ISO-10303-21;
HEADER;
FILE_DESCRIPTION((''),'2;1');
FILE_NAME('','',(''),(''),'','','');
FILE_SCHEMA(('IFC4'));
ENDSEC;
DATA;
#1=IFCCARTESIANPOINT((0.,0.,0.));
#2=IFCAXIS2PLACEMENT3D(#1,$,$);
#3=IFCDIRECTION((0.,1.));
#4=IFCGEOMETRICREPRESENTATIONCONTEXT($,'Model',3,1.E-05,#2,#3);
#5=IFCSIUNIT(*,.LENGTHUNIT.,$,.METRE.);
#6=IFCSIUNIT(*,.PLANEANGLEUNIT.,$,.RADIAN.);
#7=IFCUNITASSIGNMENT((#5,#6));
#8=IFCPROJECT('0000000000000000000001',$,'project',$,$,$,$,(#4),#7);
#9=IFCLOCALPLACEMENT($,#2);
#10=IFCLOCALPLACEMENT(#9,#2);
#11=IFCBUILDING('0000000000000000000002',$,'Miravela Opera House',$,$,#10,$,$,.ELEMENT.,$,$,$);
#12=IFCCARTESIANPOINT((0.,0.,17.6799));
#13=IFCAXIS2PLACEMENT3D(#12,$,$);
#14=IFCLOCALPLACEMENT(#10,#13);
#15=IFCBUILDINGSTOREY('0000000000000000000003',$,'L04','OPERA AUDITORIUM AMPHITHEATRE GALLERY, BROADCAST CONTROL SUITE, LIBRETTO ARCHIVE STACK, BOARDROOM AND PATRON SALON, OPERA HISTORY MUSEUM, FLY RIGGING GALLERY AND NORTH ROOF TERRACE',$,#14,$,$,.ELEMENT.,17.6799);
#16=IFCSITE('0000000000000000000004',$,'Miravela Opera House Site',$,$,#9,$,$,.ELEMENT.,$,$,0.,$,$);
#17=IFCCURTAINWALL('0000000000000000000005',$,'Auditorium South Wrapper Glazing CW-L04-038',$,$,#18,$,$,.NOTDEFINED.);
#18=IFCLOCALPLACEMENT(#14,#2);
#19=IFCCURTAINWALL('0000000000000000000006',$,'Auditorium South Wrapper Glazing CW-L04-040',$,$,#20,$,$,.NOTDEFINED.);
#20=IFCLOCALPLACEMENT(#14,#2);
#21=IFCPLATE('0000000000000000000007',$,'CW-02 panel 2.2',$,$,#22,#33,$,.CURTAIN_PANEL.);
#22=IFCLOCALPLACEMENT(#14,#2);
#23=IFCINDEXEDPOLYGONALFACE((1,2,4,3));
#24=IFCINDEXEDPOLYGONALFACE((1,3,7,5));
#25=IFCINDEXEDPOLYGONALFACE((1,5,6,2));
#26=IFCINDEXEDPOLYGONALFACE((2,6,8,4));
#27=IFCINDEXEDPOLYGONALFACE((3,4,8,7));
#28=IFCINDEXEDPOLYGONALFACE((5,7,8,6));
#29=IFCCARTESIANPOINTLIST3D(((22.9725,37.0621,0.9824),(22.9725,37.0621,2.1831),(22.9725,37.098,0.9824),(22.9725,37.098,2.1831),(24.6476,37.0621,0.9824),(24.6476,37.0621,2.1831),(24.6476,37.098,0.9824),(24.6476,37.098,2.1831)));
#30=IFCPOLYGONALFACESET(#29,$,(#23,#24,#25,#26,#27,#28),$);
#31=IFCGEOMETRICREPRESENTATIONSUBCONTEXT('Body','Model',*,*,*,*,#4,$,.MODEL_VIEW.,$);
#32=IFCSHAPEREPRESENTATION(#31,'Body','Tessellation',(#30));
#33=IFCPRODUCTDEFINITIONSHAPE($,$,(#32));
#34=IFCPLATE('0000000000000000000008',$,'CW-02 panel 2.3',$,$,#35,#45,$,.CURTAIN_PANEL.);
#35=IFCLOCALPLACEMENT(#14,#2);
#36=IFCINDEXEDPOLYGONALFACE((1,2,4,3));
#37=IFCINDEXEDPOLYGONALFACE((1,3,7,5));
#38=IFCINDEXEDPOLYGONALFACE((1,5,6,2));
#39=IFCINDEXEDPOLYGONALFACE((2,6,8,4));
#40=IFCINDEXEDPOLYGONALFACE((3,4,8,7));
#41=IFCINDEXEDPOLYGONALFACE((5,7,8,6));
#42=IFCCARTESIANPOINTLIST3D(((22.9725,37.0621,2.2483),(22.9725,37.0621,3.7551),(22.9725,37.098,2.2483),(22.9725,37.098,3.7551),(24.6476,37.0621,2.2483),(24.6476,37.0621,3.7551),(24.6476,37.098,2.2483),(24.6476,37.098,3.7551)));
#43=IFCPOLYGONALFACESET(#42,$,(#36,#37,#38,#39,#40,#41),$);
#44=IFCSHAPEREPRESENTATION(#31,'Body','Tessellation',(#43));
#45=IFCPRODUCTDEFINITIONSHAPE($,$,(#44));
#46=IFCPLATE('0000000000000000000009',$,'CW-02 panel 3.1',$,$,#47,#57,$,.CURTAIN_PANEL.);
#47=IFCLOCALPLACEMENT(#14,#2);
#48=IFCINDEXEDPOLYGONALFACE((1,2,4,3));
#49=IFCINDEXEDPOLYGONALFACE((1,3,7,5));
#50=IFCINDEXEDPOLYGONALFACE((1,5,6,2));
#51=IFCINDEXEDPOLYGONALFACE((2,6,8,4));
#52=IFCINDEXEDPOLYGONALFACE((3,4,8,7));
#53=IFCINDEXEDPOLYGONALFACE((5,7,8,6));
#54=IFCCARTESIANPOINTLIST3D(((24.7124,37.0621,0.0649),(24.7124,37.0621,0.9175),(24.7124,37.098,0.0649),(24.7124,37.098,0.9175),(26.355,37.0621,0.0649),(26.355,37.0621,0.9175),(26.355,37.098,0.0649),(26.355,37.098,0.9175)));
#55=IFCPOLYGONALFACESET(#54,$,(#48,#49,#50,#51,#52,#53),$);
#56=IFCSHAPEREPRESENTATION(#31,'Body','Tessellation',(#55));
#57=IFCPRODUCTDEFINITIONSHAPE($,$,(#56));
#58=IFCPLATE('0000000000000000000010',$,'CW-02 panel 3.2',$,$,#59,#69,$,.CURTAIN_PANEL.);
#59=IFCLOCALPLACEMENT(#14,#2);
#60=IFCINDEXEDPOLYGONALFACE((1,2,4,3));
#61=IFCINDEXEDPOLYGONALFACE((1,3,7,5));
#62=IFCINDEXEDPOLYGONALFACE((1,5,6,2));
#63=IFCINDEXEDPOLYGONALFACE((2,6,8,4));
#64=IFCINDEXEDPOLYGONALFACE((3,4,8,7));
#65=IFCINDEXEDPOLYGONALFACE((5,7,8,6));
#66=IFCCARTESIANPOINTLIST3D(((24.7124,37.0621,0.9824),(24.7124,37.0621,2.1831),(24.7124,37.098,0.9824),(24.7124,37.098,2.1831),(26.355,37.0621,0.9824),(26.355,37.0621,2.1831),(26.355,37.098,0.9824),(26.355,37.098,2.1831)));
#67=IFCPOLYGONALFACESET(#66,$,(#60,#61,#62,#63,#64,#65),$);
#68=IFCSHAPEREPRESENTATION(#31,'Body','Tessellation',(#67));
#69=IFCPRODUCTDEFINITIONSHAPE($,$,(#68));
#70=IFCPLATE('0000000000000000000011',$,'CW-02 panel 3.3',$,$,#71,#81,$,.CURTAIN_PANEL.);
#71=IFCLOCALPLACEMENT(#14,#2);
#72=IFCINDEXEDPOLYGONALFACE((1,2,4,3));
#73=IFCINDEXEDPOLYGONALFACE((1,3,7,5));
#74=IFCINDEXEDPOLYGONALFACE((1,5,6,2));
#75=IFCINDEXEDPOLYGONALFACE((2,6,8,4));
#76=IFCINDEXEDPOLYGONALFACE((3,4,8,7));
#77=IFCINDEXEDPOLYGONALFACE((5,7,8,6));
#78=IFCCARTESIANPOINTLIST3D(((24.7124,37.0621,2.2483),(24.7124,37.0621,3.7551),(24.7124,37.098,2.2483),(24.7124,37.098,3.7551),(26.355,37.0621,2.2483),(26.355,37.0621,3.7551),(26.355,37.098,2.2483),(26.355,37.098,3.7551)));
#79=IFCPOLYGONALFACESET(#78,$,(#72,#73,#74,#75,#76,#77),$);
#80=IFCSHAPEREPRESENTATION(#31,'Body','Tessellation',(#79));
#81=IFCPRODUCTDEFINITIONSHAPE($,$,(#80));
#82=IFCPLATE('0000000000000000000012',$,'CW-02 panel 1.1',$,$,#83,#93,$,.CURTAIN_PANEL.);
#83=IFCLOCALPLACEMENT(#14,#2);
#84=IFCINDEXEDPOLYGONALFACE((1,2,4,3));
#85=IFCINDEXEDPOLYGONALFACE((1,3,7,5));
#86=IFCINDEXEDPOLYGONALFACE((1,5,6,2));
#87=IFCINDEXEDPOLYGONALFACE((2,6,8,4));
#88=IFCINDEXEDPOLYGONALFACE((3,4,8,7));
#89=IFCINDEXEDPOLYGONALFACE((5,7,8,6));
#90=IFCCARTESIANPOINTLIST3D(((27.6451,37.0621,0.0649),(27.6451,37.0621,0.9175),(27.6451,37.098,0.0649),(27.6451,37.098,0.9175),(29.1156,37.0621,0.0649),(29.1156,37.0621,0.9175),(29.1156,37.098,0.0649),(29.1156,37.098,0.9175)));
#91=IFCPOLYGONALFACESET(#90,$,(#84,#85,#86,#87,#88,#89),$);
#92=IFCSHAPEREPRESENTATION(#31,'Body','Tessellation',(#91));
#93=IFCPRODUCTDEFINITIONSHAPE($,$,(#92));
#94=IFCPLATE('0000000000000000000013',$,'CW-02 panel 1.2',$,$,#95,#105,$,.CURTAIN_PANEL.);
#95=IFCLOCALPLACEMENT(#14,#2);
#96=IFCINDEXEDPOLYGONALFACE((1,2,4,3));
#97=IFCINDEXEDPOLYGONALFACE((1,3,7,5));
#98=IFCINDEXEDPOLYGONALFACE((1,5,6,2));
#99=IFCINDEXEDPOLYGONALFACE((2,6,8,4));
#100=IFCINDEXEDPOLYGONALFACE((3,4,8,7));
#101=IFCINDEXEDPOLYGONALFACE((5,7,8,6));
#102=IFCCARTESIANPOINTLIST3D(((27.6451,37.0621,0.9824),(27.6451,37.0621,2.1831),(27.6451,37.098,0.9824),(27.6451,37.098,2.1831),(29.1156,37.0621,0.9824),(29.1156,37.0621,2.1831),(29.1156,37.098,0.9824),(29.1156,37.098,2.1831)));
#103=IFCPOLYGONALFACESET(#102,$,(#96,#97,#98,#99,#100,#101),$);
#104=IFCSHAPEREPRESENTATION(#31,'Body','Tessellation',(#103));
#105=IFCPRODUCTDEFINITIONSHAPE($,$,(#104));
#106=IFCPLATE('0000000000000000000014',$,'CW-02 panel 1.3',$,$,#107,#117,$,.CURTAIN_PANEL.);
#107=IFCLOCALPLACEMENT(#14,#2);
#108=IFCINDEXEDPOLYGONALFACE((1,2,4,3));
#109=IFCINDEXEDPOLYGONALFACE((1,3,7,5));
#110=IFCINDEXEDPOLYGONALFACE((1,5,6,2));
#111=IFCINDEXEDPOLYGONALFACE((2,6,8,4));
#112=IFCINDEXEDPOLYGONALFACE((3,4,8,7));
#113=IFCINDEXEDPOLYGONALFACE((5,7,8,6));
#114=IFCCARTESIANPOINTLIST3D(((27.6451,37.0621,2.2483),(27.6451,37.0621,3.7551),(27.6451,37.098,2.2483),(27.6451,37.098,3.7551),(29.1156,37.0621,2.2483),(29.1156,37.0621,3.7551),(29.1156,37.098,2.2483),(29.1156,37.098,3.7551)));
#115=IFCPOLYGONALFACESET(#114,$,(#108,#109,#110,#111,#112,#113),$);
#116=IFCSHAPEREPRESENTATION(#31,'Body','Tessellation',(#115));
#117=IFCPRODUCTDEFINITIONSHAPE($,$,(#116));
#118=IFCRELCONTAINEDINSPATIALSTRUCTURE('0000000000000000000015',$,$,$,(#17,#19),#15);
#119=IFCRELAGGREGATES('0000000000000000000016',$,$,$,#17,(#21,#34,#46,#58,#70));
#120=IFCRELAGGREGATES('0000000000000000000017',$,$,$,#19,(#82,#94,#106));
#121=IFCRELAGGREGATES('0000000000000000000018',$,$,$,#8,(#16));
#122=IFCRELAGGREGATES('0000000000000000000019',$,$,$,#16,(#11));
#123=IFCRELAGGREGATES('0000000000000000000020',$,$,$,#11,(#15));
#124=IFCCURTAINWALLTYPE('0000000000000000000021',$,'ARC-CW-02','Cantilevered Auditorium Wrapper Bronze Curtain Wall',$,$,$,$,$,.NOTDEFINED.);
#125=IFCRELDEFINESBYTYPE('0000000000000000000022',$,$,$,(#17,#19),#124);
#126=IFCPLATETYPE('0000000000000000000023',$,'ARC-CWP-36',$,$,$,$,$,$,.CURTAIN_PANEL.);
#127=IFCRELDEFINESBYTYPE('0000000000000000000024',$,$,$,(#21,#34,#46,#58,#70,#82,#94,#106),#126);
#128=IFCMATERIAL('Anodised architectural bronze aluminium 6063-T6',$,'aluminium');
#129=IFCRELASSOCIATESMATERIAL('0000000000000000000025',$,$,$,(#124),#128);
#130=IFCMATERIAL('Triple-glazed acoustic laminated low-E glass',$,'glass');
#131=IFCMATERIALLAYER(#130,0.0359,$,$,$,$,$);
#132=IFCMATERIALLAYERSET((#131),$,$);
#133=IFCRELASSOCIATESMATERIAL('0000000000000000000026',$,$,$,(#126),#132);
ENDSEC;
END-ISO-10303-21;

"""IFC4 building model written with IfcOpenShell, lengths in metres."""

from ifc_helpers import new_model, si_unit, direction, frame, origin, origin_2d, place, context, subcontext, project, spatial, rectangle, extrude, material, layer, layer_set, type_object, element, aggregate, save


model = new_model("IFC4")

# Units and contexts
model_context = context("Model", 3, precision=1e-05, world=origin(), true_north=direction((0.0, 1.0)))
body_context = subcontext(model_context, "Body", "Model", "MODEL_VIEW")
ifc_project = project(units=[si_unit("LENGTHUNIT", "METRE"), si_unit("PLANEANGLEUNIT", "RADIAN")], contexts=[model_context])

# Site, building, storey
site_placement = place(None, origin())
site = spatial("IfcSite", under=ifc_project, at=site_placement, Name="Miravela Opera House Site", CompositionType="ELEMENT", RefElevation=0.0)
building_placement = place(site_placement, origin())
building = spatial("IfcBuilding", under=site, at=building_placement, Name="Miravela Opera House", CompositionType="ELEMENT")
storey_placement = place(building_placement, frame((0.0, 0.0, 17.6799)))
storey = spatial("IfcBuildingStorey", under=building, at=storey_placement, Name="L04", Description="OPERA AUDITORIUM AMPHITHEATRE GALLERY, BROADCAST CONTROL SUITE, LIBRETTO ARCHIVE STACK, BOARDROOM AND PATRON SALON, OPERA HISTORY MUSEUM, FLY RIGGING GALLERY AND NORTH ROOF TERRACE", CompositionType="ELEMENT", Elevation=17.6799)

# Curtain walls
ifc_material_1 = material(Name="Anodised architectural bronze aluminium 6063-T6", Category="aluminium")
curtain_wall_type = type_object("IfcCurtainWallType", Name="ARC-CW-02", Description="Cantilevered Auditorium Wrapper Bronze Curtain Wall", PredefinedType="NOTDEFINED", material=ifc_material_1)
curtain_wall_1_placement = place(storey_placement, origin())
curtain_wall_1 = element("IfcCurtainWall", 1, at=curtain_wall_1_placement, inside=storey, type_object=curtain_wall_type, Name="Auditorium South Wrapper Glazing CW-L04-038", PredefinedType="NOTDEFINED")
curtain_wall_2_placement = place(storey_placement, origin())
curtain_wall_2 = element("IfcCurtainWall", 2, at=curtain_wall_2_placement, inside=storey, type_object=curtain_wall_type, Name="Auditorium South Wrapper Glazing CW-L04-040", PredefinedType="NOTDEFINED")

# Plates
ifc_material_2 = material(Name="Triple-glazed acoustic laminated low-E glass", Category="glass")
ifc_layer = layer(ifc_material_2, 0.0359)
ifc_layer_set = layer_set([ifc_layer])
plate_type = type_object("IfcPlateType", Name="ARC-CWP-36", PredefinedType="CURTAIN_PANEL", material=ifc_layer_set)
plate_1_placement = place(storey_placement, frame((23.8101, 37.0801, 0.9824), z_axis=(0.0, 0.0, 1.0), x_axis=(1.0, 0.0, 0.0)))
plate_1 = element("IfcPlate", 3, at=plate_1_placement, type_object=plate_type, Name="CW-02 panel 2.2", PredefinedType="CURTAIN_PANEL", context=body_context, shape_type="SweptSolid", body=[
    extrude(rectangle(XDim=1.675, YDim=0.0359, at=origin_2d()), origin(), (0.0, 0.0, 1.0), 1.2007),
])
plate_2_placement = place(storey_placement, frame((23.8101, 37.0801, 2.2483), z_axis=(0.0, 0.0, 1.0), x_axis=(1.0, 0.0, 0.0)))
plate_2 = element("IfcPlate", 4, at=plate_2_placement, type_object=plate_type, Name="CW-02 panel 2.3", PredefinedType="CURTAIN_PANEL", context=body_context, shape_type="SweptSolid", body=[
    extrude(rectangle(XDim=1.675, YDim=0.0359, at=origin_2d()), origin(), (0.0, 0.0, 1.0), 1.5068),
])
plate_3_placement = place(storey_placement, frame((25.5337, 37.0801, 0.0649), z_axis=(0.0, 0.0, 1.0), x_axis=(1.0, 0.0, 0.0)))
plate_3 = element("IfcPlate", 5, at=plate_3_placement, type_object=plate_type, Name="CW-02 panel 3.1", PredefinedType="CURTAIN_PANEL", context=body_context, shape_type="SweptSolid", body=[
    extrude(rectangle(XDim=1.6426, YDim=0.0359, at=origin_2d()), origin(), (0.0, 0.0, 1.0), 0.8525),
])
plate_4_placement = place(storey_placement, frame((25.5337, 37.0801, 0.9824), z_axis=(0.0, 0.0, 1.0), x_axis=(1.0, 0.0, 0.0)))
plate_4 = element("IfcPlate", 6, at=plate_4_placement, type_object=plate_type, Name="CW-02 panel 3.2", PredefinedType="CURTAIN_PANEL", context=body_context, shape_type="SweptSolid", body=[
    extrude(rectangle(XDim=1.6426, YDim=0.0359, at=origin_2d()), origin(), (0.0, 0.0, 1.0), 1.2007),
])
plate_5_placement = place(storey_placement, frame((25.5337, 37.0801, 2.2483), z_axis=(0.0, 0.0, 1.0), x_axis=(1.0, 0.0, 0.0)))
plate_5 = element("IfcPlate", 7, at=plate_5_placement, type_object=plate_type, Name="CW-02 panel 3.3", PredefinedType="CURTAIN_PANEL", context=body_context, shape_type="SweptSolid", body=[
    extrude(rectangle(XDim=1.6426, YDim=0.0359, at=origin_2d()), origin(), (0.0, 0.0, 1.0), 1.5068),
])
aggregate(curtain_wall_1, [plate_1, plate_2, plate_3, plate_4, plate_5])
plate_6_placement = place(storey_placement, frame((28.3804, 37.0801, 0.0649), z_axis=(0.0, 0.0, 1.0), x_axis=(1.0, 0.0, 0.0)))
plate_6 = element("IfcPlate", 8, at=plate_6_placement, type_object=plate_type, Name="CW-02 panel 1.1", PredefinedType="CURTAIN_PANEL", context=body_context, shape_type="SweptSolid", body=[
    extrude(rectangle(XDim=1.4705, YDim=0.0359, at=origin_2d()), origin(), (0.0, 0.0, 1.0), 0.8525),
])
plate_7_placement = place(storey_placement, frame((28.3804, 37.0801, 0.9824), z_axis=(0.0, 0.0, 1.0), x_axis=(1.0, 0.0, 0.0)))
plate_7 = element("IfcPlate", 9, at=plate_7_placement, type_object=plate_type, Name="CW-02 panel 1.2", PredefinedType="CURTAIN_PANEL", context=body_context, shape_type="SweptSolid", body=[
    extrude(rectangle(XDim=1.4705, YDim=0.0359, at=origin_2d()), origin(), (0.0, 0.0, 1.0), 1.2007),
])
plate_8_placement = place(storey_placement, frame((28.3804, 37.0801, 2.2483), z_axis=(0.0, 0.0, 1.0), x_axis=(1.0, 0.0, 0.0)))
plate_8 = element("IfcPlate", 10, at=plate_8_placement, type_object=plate_type, Name="CW-02 panel 1.3", PredefinedType="CURTAIN_PANEL", context=body_context, shape_type="SweptSolid", body=[
    extrude(rectangle(XDim=1.4705, YDim=0.0359, at=origin_2d()), origin(), (0.0, 0.0, 1.0), 1.5068),
])
aggregate(curtain_wall_2, [plate_6, plate_7, plate_8])

save(model, "model.ifc")
